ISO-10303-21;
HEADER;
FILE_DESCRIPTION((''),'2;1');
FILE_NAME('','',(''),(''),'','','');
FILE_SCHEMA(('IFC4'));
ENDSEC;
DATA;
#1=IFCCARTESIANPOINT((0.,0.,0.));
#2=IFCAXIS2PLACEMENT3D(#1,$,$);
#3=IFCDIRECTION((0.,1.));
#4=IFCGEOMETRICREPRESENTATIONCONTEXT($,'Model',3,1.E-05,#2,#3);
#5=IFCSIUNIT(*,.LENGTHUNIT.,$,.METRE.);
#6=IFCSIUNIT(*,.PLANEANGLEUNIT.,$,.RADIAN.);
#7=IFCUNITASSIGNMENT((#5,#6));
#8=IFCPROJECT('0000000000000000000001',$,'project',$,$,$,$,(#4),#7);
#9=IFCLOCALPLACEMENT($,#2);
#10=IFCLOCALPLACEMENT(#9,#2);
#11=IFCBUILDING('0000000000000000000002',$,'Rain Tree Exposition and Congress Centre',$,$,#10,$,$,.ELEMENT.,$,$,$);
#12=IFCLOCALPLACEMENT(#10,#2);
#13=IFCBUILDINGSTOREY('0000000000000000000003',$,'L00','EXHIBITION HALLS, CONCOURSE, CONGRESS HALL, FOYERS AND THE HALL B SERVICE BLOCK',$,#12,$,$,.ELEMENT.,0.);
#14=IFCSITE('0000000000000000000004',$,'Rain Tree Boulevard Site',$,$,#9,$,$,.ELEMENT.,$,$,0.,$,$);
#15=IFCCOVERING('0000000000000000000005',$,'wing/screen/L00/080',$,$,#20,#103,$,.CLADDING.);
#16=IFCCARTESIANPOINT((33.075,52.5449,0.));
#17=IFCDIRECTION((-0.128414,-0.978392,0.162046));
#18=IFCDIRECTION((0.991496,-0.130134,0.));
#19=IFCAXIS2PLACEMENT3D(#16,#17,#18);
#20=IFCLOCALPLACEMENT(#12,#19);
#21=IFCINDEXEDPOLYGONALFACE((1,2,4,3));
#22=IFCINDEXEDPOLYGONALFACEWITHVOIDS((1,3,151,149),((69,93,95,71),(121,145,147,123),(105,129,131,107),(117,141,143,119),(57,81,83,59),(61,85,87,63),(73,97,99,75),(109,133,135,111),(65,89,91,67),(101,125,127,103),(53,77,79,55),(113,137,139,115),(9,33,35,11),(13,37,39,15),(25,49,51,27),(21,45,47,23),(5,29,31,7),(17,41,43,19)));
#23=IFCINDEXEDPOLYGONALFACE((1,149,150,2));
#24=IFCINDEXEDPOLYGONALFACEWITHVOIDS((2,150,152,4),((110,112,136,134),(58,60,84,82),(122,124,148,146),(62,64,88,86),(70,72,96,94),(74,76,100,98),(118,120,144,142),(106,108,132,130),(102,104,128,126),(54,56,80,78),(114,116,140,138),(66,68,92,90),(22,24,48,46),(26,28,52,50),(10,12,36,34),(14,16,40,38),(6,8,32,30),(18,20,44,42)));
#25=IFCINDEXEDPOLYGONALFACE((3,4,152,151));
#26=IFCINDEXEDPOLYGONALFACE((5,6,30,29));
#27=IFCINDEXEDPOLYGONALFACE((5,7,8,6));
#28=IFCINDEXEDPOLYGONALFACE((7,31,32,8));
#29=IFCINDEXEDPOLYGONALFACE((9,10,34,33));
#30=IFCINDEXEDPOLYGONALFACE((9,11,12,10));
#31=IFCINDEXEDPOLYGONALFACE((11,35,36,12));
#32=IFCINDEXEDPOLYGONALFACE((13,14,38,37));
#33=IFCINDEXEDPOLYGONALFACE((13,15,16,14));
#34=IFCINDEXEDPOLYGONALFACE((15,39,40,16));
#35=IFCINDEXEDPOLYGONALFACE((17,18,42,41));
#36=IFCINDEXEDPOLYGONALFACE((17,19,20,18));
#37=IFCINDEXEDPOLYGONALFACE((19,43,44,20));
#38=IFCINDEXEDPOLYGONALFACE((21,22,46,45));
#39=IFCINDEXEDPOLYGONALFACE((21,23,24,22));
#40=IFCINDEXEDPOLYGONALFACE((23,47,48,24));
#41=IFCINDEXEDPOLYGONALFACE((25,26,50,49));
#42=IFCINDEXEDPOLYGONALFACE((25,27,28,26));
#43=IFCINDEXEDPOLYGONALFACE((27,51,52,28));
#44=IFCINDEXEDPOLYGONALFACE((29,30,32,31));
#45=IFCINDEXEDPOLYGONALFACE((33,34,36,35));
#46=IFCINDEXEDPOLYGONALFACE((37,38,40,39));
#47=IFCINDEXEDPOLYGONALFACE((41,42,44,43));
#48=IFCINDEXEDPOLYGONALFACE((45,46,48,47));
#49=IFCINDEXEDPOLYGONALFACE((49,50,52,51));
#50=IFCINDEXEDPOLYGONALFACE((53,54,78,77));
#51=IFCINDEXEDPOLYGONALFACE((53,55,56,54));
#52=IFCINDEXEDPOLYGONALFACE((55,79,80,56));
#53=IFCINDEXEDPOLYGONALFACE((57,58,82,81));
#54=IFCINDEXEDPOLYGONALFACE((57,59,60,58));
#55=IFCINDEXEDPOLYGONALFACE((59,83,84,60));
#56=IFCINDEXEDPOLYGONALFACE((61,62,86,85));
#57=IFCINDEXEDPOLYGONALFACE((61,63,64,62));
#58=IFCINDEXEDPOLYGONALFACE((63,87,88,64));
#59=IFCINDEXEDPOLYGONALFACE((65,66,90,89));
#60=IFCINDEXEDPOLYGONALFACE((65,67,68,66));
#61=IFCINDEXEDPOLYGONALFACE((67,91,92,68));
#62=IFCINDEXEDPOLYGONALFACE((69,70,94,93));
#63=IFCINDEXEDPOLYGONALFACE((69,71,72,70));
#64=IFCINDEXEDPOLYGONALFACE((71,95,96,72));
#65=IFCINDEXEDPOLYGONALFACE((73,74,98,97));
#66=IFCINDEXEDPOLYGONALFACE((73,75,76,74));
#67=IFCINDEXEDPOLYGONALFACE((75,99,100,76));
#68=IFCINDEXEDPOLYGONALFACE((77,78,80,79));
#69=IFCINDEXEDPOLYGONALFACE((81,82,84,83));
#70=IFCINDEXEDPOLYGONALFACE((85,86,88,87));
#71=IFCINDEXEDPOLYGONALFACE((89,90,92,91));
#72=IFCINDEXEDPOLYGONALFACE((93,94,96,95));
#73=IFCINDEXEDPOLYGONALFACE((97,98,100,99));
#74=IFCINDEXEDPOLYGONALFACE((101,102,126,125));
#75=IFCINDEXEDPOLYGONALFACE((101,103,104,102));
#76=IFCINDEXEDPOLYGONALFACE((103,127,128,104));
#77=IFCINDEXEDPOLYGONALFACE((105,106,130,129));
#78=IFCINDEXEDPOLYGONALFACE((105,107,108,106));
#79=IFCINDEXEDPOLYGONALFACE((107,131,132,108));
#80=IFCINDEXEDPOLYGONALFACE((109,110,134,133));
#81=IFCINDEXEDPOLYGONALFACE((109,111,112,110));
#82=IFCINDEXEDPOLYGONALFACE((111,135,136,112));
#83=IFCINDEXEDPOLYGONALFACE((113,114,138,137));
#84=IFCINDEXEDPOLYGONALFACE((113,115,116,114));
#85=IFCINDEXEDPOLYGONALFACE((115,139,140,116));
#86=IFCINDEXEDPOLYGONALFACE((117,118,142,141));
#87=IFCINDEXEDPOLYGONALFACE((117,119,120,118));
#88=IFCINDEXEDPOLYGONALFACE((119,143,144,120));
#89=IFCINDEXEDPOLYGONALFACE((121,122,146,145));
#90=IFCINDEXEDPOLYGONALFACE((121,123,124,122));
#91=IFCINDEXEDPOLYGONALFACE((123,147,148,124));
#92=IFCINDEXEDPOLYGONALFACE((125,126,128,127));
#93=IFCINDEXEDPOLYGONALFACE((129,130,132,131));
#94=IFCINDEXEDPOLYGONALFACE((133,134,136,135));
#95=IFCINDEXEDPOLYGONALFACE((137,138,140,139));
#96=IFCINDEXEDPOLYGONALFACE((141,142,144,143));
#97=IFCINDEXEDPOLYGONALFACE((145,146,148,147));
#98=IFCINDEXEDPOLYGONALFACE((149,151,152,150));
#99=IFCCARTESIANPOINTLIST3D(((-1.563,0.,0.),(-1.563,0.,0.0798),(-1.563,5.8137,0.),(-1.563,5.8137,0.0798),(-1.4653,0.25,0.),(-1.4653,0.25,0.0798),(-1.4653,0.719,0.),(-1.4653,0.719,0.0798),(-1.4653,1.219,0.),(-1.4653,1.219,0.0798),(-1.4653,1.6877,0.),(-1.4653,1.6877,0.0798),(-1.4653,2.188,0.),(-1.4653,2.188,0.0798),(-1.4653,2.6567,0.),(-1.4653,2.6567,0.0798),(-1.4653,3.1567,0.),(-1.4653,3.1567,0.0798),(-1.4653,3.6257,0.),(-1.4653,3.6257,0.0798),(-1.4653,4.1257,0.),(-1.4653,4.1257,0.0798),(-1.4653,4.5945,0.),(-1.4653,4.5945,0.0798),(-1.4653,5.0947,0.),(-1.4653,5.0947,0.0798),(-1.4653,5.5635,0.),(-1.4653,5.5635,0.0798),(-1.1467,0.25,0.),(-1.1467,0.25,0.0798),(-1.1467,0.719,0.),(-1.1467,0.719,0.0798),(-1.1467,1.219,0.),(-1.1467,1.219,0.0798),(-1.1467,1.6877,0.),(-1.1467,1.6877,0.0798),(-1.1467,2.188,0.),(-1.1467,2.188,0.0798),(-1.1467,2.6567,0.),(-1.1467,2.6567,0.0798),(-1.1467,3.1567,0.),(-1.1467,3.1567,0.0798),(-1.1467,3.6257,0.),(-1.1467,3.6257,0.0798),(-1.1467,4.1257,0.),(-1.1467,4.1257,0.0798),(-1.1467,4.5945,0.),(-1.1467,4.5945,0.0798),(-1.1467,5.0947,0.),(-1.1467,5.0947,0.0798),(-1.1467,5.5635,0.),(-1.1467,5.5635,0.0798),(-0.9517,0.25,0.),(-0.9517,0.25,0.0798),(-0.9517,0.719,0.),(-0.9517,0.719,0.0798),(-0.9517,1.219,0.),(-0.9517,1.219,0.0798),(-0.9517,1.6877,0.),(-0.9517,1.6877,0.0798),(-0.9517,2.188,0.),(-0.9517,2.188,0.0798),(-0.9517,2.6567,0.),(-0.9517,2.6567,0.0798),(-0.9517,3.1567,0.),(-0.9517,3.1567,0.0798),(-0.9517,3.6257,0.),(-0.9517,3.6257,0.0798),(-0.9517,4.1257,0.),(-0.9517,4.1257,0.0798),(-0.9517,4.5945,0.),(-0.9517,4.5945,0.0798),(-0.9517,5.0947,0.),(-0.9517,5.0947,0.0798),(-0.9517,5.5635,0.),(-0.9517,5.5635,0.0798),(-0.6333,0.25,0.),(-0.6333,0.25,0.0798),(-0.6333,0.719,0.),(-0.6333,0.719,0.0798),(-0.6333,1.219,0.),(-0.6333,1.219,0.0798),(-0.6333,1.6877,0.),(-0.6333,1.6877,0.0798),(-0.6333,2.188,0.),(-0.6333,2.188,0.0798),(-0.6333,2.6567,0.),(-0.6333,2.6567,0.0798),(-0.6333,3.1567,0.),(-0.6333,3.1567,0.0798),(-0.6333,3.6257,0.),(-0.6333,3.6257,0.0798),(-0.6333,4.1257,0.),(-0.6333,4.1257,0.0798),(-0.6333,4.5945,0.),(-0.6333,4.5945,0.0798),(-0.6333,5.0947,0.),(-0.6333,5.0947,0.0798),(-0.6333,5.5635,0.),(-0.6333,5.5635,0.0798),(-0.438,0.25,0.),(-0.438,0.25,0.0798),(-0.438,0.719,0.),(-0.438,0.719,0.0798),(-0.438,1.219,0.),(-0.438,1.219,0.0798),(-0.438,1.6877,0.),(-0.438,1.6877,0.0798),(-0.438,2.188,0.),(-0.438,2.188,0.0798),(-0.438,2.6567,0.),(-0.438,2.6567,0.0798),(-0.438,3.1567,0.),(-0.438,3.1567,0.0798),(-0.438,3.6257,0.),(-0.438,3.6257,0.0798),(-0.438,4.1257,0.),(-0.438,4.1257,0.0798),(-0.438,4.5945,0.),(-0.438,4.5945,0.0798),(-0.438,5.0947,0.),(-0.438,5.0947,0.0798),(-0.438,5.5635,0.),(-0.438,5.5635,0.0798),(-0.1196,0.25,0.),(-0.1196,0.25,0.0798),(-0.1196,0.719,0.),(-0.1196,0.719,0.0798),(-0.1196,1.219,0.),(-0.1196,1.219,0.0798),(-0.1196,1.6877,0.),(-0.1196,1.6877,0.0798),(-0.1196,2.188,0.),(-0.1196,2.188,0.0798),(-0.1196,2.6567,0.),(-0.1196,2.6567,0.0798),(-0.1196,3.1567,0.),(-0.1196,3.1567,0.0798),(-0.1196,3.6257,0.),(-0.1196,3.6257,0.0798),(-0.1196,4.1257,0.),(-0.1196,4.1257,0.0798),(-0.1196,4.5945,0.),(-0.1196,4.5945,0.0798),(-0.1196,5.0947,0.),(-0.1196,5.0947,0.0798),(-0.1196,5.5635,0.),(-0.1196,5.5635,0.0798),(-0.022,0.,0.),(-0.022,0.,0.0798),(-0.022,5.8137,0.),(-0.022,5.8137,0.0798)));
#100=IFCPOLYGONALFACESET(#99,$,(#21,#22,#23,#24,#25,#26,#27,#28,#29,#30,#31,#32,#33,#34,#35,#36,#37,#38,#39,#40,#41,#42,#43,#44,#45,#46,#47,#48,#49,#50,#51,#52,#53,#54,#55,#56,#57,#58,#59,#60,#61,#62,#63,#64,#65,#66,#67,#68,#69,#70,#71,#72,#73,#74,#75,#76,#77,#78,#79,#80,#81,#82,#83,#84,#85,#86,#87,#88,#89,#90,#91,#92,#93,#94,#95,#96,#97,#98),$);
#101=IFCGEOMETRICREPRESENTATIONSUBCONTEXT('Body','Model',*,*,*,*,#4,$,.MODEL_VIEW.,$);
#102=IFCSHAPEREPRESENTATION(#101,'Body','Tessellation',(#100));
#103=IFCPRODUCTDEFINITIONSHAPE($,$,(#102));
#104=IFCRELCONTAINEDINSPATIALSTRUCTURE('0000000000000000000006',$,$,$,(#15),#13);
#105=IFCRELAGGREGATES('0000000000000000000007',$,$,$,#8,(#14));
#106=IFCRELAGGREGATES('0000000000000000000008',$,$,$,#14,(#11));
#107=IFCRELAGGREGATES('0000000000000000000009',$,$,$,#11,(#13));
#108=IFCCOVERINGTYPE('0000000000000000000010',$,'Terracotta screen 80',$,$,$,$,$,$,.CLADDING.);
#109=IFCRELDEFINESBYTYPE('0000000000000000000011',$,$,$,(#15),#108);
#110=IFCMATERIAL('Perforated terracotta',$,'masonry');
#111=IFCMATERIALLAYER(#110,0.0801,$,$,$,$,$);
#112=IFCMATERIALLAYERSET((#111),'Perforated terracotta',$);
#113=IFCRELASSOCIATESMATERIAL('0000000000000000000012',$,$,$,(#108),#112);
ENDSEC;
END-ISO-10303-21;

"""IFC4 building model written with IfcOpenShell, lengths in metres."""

from ifc_helpers import new_model, si_unit, direction, frame, origin, place, context, subcontext, project, spatial, polyline, outline, extrude, material, layer, layer_set, type_object, element, save


model = new_model("IFC4")

# Units and contexts
model_context = context("Model", 3, precision=1e-05, world=origin(), true_north=direction((0.0, 1.0)))
body_context = subcontext(model_context, "Body", "Model", "MODEL_VIEW")
ifc_project = project(units=[si_unit("LENGTHUNIT", "METRE"), si_unit("PLANEANGLEUNIT", "RADIAN")], contexts=[model_context])

# Site, building, storey
site_placement = place(None, origin())
site = spatial("IfcSite", under=ifc_project, at=site_placement, Name="Rain Tree Boulevard Site", CompositionType="ELEMENT", RefElevation=0.0)
building_placement = place(site_placement, origin())
building = spatial("IfcBuilding", under=site, at=building_placement, Name="Rain Tree Exposition and Congress Centre", CompositionType="ELEMENT")
storey_placement = place(building_placement, origin())
storey = spatial("IfcBuildingStorey", under=building, at=storey_placement, Name="L00", Description="EXHIBITION HALLS, CONCOURSE, CONGRESS HALL, FOYERS AND THE HALL B SERVICE BLOCK", CompositionType="ELEMENT", Elevation=0.0)

# Covering
ifc_material_1 = material(Name="Perforated terracotta", Category="masonry")
ifc_layer_1 = layer(ifc_material_1, 0.0801)
ifc_layer_set_1 = layer_set([ifc_layer_1], Name="Perforated terracotta")
covering_type = type_object("IfcCoveringType", Name="Terracotta screen 80", PredefinedType="CLADDING", material=ifc_layer_set_1)
covering_1_placement = place(storey_placement, frame((33.075, 52.5449, 0.0), z_axis=(-0.128414, -0.978392, 0.162046), x_axis=(0.991496, -0.130134, 0.0)))
element("IfcCovering", 1, at=covering_1_placement, inside=storey, type_object=covering_type, Name="wing/screen/L00/080", PredefinedType="CLADDING", context=body_context, shape_type="SweptSolid", body=[
    extrude(outline(polyline([(-0.022, 5.8137), (-0.022, 0.0), (-1.563, 0.0), (-1.563, 5.8137), (-0.022, 5.8137)]), holes=[polyline([(-0.1196, 0.25), (-0.1196, 0.719), (-0.438, 0.719), (-0.438, 0.25), (-0.1196, 0.25)]), polyline([(-0.1196, 1.219), (-0.1196, 1.6877), (-0.438, 1.6877), (-0.438, 1.219), (-0.1196, 1.219)]), polyline([(-0.1196, 2.188), (-0.1196, 2.6567), (-0.438, 2.6567), (-0.438, 2.188), (-0.1196, 2.188)]), polyline([(-0.1196, 3.1567), (-0.1196, 3.6257), (-0.438, 3.6257), (-0.438, 3.1567), (-0.1196, 3.1567)]), polyline([(-0.1196, 4.1257), (-0.1196, 4.5945), (-0.438, 4.5945), (-0.438, 4.1257), (-0.1196, 4.1257)]), polyline([(-0.1196, 5.0947), (-0.1196, 5.5635), (-0.438, 5.5635), (-0.438, 5.0947), (-0.1196, 5.0947)]), polyline([(-0.6333, 0.25), (-0.6333, 0.719), (-0.9517, 0.719), (-0.9517, 0.25), (-0.6333, 0.25)]), polyline([(-0.6333, 1.219), (-0.6333, 1.6877), (-0.9517, 1.6877), (-0.9517, 1.219), (-0.6333, 1.219)]), polyline([(-0.6333, 2.188), (-0.6333, 2.6567), (-0.9517, 2.6567), (-0.9517, 2.188), (-0.6333, 2.188)]), polyline([(-0.6333, 3.1567), (-0.6333, 3.6257), (-0.9517, 3.6257), (-0.9517, 3.1567), (-0.6333, 3.1567)]), polyline([(-0.6333, 4.1257), (-0.6333, 4.5945), (-0.9517, 4.5945), (-0.9517, 4.1257), (-0.6333, 4.1257)]), polyline([(-0.6333, 5.0947), (-0.6333, 5.5635), (-0.9517, 5.5635), (-0.9517, 5.0947), (-0.6333, 5.0947)]), polyline([(-1.1467, 0.25), (-1.1467, 0.719), (-1.4653, 0.719), (-1.4653, 0.25), (-1.1467, 0.25)]), polyline([(-1.1467, 1.219), (-1.1467, 1.6877), (-1.4653, 1.6877), (-1.4653, 1.219), (-1.1467, 1.219)]), polyline([(-1.1467, 2.188), (-1.1467, 2.6567), (-1.4653, 2.6567), (-1.4653, 2.188), (-1.1467, 2.188)]), polyline([(-1.1467, 3.1567), (-1.1467, 3.6257), (-1.4653, 3.6257), (-1.4653, 3.1567), (-1.1467, 3.1567)]), polyline([(-1.1467, 4.1257), (-1.1467, 4.5945), (-1.4653, 4.5945), (-1.4653, 4.1257), (-1.1467, 4.1257)]), polyline([(-1.1467, 5.0947), (-1.1467, 5.5635), (-1.4653, 5.5635), (-1.4653, 5.0947), (-1.1467, 5.0947)])]), origin(), (0.0, 0.0, 1.0), 0.0798),
])

save(model, "model.ifc")
